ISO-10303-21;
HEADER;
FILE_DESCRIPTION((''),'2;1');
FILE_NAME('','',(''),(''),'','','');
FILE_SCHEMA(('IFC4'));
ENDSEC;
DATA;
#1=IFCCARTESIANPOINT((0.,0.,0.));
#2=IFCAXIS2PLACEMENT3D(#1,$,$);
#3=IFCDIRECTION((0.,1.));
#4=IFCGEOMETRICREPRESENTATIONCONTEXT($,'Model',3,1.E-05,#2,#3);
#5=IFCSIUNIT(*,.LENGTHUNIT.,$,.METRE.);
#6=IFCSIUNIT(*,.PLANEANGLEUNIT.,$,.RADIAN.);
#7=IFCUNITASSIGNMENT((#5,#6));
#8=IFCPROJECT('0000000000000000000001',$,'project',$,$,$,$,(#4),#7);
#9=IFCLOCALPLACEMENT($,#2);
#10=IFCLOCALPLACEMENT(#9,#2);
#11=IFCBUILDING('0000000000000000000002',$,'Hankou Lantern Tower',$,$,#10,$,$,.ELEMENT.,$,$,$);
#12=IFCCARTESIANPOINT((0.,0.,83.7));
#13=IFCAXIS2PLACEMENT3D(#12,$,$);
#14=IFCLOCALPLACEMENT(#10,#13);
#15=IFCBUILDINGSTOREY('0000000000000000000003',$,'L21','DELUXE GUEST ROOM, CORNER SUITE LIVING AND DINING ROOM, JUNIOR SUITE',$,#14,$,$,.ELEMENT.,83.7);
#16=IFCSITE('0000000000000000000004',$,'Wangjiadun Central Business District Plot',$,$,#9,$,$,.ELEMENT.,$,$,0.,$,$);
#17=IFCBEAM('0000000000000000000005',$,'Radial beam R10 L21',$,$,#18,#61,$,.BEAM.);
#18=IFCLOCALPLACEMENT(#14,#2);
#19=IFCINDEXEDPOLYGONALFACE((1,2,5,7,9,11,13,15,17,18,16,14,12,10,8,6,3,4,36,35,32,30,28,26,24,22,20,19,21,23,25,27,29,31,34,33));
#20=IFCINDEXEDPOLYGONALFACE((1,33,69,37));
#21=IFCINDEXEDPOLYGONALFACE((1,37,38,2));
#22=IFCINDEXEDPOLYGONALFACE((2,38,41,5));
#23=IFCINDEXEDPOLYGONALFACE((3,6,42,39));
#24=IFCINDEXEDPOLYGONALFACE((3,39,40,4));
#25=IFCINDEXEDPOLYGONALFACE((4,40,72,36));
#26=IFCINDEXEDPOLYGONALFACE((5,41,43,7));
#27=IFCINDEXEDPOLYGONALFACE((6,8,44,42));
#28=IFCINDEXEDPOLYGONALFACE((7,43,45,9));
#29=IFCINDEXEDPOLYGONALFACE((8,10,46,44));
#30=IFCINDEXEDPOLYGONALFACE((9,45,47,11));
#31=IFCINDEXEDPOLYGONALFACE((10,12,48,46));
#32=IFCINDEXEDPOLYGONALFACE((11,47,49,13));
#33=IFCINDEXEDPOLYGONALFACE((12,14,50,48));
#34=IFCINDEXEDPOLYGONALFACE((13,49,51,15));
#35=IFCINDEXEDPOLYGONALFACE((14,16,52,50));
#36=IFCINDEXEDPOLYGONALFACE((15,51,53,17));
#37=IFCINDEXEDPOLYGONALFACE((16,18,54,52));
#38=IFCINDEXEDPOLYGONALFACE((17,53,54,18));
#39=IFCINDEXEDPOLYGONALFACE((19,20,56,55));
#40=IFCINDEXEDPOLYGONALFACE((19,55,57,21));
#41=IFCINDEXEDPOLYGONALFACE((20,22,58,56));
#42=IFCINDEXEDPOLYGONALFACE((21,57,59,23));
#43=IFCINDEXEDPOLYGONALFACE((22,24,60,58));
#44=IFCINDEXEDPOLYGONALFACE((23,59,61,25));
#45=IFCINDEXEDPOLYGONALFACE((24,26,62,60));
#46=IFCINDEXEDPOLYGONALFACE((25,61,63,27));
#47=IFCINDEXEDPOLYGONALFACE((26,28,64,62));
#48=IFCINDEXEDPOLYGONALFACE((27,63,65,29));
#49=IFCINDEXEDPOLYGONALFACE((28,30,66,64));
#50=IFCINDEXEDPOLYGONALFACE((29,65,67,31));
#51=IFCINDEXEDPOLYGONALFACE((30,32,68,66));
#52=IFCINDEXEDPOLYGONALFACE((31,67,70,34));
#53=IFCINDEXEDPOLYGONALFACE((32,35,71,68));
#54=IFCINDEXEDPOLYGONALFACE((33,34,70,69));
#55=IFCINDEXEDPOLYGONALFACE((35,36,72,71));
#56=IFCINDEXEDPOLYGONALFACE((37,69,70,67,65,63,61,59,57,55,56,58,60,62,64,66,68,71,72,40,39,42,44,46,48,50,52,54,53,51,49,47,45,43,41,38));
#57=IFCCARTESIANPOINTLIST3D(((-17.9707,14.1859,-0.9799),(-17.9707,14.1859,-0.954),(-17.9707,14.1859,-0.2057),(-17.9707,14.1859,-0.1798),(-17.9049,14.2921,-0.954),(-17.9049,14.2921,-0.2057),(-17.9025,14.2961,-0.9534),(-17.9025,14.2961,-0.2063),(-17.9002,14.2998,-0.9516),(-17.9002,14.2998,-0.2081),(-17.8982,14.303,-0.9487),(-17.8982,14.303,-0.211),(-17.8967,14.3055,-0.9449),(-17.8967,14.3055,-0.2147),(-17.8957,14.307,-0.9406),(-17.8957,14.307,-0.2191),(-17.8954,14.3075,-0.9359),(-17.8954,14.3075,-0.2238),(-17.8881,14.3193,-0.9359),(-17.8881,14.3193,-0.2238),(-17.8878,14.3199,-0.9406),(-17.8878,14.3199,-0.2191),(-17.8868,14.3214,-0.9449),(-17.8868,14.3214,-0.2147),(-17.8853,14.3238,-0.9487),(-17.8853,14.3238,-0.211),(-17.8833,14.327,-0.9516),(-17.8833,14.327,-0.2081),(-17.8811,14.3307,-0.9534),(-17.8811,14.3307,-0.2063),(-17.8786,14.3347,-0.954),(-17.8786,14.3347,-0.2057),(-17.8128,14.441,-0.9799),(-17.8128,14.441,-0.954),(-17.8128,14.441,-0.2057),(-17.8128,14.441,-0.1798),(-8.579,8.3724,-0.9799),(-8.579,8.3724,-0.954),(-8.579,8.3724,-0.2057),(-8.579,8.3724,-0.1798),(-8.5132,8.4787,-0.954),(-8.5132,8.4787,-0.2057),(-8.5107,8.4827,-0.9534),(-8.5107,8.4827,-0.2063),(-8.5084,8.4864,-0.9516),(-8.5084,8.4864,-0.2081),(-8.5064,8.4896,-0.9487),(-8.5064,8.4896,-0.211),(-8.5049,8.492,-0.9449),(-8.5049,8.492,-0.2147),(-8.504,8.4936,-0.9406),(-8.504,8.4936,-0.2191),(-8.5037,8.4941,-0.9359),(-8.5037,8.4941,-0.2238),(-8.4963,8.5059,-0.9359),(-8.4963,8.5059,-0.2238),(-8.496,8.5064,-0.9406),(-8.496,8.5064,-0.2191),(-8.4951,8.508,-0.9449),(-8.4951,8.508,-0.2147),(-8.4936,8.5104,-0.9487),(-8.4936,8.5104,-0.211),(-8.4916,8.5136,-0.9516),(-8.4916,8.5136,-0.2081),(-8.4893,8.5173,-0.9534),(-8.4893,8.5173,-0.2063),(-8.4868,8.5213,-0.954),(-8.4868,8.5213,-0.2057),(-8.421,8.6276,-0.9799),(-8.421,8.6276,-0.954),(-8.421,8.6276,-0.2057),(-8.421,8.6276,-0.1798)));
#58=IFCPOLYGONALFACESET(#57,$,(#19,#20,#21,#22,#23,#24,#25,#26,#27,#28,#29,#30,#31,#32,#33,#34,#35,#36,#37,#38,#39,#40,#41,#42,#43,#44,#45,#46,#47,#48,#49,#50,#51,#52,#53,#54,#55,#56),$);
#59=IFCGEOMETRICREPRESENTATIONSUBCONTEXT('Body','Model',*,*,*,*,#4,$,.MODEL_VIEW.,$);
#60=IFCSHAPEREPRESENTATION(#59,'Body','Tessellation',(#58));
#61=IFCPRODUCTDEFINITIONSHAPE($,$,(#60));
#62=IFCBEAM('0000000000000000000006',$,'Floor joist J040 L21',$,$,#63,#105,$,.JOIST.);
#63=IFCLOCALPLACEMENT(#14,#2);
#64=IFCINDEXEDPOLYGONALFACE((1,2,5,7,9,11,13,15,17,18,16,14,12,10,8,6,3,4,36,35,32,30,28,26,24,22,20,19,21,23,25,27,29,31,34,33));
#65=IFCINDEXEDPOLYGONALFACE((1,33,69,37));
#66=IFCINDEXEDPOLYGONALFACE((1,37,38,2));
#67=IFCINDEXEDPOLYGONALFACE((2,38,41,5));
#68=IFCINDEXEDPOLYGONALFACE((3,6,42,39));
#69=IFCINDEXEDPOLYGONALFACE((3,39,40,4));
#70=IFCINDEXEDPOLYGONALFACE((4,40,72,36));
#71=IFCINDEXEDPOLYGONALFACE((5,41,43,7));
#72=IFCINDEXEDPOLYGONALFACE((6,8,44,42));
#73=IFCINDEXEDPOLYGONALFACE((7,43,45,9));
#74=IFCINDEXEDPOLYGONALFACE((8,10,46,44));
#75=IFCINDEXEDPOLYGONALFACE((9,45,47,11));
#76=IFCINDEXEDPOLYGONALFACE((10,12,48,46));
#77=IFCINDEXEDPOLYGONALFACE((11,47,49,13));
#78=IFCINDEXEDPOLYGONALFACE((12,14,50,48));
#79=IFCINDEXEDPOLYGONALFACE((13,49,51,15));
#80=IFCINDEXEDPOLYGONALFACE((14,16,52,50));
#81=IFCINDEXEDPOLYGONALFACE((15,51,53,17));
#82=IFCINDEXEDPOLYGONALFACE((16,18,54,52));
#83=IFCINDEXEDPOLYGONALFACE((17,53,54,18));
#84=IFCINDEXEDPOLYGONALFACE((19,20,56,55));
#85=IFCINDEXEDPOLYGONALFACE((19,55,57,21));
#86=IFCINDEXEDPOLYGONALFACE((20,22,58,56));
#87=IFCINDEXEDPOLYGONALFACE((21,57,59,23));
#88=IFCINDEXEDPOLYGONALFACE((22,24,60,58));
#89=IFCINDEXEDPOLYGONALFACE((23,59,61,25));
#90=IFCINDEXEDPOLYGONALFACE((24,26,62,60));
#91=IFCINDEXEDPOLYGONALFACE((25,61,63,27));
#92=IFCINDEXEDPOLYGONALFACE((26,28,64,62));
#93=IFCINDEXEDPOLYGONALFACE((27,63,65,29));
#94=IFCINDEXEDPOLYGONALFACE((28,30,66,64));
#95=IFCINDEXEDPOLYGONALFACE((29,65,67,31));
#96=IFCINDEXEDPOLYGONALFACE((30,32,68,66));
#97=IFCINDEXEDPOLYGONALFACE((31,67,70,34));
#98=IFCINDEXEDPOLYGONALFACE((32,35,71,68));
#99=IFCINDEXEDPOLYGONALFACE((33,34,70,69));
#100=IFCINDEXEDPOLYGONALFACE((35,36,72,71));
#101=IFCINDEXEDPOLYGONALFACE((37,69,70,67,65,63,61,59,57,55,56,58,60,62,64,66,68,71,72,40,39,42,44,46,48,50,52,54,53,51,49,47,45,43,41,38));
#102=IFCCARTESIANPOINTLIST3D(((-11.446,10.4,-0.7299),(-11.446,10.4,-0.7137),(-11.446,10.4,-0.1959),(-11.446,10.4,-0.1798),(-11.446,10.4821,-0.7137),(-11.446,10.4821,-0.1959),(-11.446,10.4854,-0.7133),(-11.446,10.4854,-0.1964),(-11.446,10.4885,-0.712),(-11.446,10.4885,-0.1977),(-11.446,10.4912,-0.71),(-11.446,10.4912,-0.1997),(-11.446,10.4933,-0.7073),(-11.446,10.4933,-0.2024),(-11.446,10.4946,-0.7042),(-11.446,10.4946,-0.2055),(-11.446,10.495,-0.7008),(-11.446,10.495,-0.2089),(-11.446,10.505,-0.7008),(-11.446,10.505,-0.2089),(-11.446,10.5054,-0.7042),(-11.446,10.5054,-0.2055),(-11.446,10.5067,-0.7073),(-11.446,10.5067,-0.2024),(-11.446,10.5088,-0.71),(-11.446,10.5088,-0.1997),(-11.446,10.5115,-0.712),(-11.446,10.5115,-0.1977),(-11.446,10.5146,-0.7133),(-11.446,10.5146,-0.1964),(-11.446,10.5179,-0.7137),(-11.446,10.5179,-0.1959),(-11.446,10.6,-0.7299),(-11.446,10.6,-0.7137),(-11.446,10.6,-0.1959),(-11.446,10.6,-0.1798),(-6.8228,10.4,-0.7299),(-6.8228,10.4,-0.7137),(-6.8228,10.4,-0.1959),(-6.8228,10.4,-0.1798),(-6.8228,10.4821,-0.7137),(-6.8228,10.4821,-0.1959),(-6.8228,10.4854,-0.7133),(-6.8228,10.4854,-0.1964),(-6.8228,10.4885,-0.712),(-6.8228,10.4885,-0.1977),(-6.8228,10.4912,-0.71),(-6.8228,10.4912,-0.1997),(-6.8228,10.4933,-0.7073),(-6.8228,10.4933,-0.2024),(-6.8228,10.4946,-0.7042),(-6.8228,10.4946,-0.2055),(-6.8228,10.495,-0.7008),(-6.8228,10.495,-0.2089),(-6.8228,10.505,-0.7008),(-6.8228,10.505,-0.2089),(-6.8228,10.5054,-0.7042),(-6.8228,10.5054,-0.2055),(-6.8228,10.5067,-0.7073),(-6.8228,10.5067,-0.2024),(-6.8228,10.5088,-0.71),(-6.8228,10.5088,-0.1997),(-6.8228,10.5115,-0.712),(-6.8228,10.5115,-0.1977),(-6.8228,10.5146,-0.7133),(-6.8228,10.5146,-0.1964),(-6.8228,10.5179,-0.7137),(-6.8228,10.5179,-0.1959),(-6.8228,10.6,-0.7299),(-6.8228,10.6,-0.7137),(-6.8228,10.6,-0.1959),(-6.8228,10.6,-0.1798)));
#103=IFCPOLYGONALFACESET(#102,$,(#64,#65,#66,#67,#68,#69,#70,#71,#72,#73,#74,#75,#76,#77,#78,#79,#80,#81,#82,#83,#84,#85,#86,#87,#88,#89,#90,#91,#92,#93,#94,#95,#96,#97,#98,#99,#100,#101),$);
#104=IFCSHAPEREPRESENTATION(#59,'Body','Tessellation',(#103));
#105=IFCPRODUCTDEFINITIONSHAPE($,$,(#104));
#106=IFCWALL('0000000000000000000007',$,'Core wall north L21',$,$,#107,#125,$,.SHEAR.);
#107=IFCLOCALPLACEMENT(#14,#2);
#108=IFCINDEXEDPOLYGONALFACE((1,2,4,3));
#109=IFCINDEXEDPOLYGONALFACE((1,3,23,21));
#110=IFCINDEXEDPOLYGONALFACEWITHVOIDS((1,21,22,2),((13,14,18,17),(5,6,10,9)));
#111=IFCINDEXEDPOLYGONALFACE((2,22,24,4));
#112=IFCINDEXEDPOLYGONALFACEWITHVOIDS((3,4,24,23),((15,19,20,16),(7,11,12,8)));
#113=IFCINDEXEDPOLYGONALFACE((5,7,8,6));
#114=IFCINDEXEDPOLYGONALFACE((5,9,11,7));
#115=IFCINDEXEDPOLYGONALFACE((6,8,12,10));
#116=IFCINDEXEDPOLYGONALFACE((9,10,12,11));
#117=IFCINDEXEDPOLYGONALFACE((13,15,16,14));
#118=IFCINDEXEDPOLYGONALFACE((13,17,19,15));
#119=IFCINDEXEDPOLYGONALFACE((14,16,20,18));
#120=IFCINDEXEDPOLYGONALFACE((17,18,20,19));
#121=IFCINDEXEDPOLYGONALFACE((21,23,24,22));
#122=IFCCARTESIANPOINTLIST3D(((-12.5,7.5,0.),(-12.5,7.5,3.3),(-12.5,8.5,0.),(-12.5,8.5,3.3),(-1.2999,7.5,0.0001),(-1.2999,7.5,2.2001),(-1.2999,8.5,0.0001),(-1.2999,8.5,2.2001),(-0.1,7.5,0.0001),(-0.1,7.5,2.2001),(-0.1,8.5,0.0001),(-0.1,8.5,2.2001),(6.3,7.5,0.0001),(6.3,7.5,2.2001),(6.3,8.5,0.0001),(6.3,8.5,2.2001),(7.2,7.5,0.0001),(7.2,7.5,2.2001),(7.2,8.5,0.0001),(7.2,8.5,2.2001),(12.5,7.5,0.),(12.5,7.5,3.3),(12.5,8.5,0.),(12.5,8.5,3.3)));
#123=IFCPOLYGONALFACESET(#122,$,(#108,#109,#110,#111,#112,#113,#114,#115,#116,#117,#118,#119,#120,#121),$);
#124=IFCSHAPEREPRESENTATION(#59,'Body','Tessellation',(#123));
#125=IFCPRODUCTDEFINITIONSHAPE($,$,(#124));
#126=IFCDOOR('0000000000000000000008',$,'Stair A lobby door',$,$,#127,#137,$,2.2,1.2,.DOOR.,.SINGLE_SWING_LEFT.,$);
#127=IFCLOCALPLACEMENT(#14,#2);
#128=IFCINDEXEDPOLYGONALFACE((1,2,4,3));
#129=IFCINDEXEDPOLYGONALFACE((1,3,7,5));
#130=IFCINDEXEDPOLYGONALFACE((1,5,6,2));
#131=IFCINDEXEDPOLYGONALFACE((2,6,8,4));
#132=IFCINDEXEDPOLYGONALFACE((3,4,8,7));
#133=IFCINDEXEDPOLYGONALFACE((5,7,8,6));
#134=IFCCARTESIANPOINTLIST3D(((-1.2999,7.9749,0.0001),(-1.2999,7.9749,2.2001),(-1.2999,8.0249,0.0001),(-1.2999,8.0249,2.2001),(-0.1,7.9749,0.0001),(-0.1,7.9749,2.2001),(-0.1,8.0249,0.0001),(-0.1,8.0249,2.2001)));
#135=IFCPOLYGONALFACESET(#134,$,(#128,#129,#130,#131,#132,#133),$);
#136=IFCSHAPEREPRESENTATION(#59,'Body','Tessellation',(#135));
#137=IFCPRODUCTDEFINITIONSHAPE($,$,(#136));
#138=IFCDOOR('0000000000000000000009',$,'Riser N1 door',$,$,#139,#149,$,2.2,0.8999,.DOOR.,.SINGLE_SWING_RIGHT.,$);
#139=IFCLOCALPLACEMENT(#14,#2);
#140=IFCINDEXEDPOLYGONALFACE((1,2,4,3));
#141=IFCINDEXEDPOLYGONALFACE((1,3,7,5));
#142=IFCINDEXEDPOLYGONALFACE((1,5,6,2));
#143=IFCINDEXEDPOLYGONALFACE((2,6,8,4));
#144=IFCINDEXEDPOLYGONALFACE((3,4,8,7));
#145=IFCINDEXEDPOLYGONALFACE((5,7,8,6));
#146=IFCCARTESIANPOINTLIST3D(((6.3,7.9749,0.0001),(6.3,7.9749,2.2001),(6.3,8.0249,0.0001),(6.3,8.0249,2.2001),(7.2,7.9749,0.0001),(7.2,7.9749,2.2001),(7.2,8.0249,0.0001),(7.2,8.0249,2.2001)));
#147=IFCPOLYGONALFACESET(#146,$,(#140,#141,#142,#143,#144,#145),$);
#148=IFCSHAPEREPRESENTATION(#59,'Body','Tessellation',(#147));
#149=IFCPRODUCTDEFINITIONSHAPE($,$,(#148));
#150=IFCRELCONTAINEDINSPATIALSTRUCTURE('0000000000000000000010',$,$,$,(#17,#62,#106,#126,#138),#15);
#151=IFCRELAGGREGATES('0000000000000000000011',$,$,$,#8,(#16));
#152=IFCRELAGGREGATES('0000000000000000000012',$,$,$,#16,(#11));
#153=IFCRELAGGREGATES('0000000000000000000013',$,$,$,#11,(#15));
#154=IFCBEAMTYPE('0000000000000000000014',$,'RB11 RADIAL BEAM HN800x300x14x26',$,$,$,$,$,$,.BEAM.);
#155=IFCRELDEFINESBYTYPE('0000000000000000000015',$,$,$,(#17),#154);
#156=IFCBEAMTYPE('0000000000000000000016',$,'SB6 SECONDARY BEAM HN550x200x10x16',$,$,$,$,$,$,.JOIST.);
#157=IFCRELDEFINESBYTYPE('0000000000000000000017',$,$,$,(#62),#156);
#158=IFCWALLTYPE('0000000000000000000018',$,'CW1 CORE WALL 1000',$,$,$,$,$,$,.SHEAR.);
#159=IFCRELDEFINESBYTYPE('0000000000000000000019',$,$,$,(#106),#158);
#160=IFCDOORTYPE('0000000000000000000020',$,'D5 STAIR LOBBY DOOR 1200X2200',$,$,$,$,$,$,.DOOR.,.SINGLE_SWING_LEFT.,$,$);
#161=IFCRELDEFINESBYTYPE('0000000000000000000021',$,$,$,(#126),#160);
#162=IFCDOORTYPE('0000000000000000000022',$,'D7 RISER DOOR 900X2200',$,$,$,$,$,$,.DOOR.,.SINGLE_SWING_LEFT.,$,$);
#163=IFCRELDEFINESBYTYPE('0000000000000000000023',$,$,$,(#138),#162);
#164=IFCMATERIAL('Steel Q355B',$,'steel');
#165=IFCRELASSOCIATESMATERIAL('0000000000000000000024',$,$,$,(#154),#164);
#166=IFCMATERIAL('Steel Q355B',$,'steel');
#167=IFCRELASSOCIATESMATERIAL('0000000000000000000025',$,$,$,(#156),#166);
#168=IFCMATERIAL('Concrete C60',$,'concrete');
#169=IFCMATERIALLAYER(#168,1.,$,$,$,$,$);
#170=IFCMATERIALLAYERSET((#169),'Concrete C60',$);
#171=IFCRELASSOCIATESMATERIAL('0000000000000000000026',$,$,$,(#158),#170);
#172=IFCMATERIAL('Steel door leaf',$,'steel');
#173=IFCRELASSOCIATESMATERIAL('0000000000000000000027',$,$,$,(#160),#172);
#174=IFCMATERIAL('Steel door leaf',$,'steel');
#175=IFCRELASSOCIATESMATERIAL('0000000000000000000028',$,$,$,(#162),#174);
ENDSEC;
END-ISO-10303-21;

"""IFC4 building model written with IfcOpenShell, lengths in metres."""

from ifc_helpers import new_model, si_unit, direction, frame, frame_2d, origin, origin_2d, place, context, subcontext, project, spatial, rectangle, i_section, extrude, material, layer, layer_set, material_profile, profile_set, type_object, element, fill, save


model = new_model("IFC4")

# Units and contexts
model_context = context("Model", 3, precision=1e-05, world=origin(), true_north=direction((0.0, 1.0)))
body_context = subcontext(model_context, "Body", "Model", "MODEL_VIEW")
ifc_project = project(units=[si_unit("LENGTHUNIT", "METRE"), si_unit("PLANEANGLEUNIT", "RADIAN")], contexts=[model_context])

# Site, building, storey
site_placement = place(None, origin())
site = spatial("IfcSite", under=ifc_project, at=site_placement, Name="Wangjiadun Central Business District Plot", CompositionType="ELEMENT", RefElevation=0.0)
building_placement = place(site_placement, origin())
building = spatial("IfcBuilding", under=site, at=building_placement, Name="Hankou Lantern Tower", CompositionType="ELEMENT")
storey_placement = place(building_placement, frame((0.0, 0.0, 83.7)))
storey = spatial("IfcBuildingStorey", under=building, at=storey_placement, Name="L21", Description="DELUXE GUEST ROOM, CORNER SUITE LIVING AND DINING ROOM, JUNIOR SUITE", CompositionType="ELEMENT", Elevation=83.7)

# Beams
ifc_material_1 = material(Name="Steel Q355B", Category="steel")
ifc_material_profile_1 = material_profile(ifc_material_1, i_section(OverallWidth=0.3, OverallDepth=0.8, WebThickness=0.0139, FlangeThickness=0.0259, FilletRadius=0.0181, at=origin_2d()), Name="HN800x300x14x26")
ifc_profile_set_1 = profile_set([ifc_material_profile_1], Name="Steel Q355B")
beam_type_1 = type_object("IfcBeamType", Name="RB11 RADIAL BEAM HN800x300x14x26", PredefinedType="BEAM", material=ifc_profile_set_1)
beam_1_placement = place(storey_placement, frame((-8.5, 8.5, -0.5798), z_axis=(-0.850286, 0.52632, 0.0), x_axis=(-0.52632, -0.850286, 0.0)))
element("IfcBeam", 1, at=beam_1_placement, inside=storey, type_object=beam_type_1, Name="Radial beam R10 L21", PredefinedType="BEAM", context=body_context, shape_type="SweptSolid", body=[
    extrude(i_section(OverallWidth=0.3, OverallDepth=0.8, WebThickness=0.0139, FlangeThickness=0.0259, FilletRadius=0.0181, at=origin_2d()), origin(), (0.0, 0.0, 1.0), 11.0454),
])
ifc_material_2 = material(Name="Steel Q355B", Category="steel")
ifc_material_profile_2 = material_profile(ifc_material_2, i_section(OverallWidth=0.2, OverallDepth=0.55, WebThickness=0.01, FlangeThickness=0.0161, FilletRadius=0.0129, at=origin_2d()), Name="HN550x200x10x16")
ifc_profile_set_2 = profile_set([ifc_material_profile_2], Name="Steel Q355B")
beam_type_2 = type_object("IfcBeamType", Name="SB6 SECONDARY BEAM HN550x200x10x16", PredefinedType="JOIST", material=ifc_profile_set_2)
beam_2_placement = place(storey_placement, frame((-11.446, 10.5, -0.4548), z_axis=(1.0, 0.0, 0.0), x_axis=(0.0, 1.0, 0.0)))
element("IfcBeam", 2, at=beam_2_placement, inside=storey, type_object=beam_type_2, Name="Floor joist J040 L21", PredefinedType="JOIST", context=body_context, shape_type="SweptSolid", body=[
    extrude(i_section(OverallWidth=0.2, OverallDepth=0.55, WebThickness=0.01, FlangeThickness=0.0161, FilletRadius=0.0129, at=origin_2d()), origin(), (0.0, 0.0, 1.0), 4.6233),
])

# Wall, openings, doors
ifc_material_3 = material(Name="Concrete C60", Category="concrete")
ifc_layer_1 = layer(ifc_material_3, 1.0)
ifc_layer_set_1 = layer_set([ifc_layer_1], Name="Concrete C60")
wall_type_1 = type_object("IfcWallType", Name="CW1 CORE WALL 1000", PredefinedType="SHEAR", material=ifc_layer_set_1)
wall_1_placement = place(storey_placement, frame((-12.5, 8.0, 0.0), z_axis=(0.0, 0.0, 1.0), x_axis=(1.0, 0.0, 0.0)))
wall_1 = element("IfcWall", 3, at=wall_1_placement, inside=storey, type_object=wall_type_1, Name="Core wall north L21", PredefinedType="SHEAR", context=body_context, shape_type="SweptSolid", body=[
    extrude(rectangle(XDim=25.0, YDim=1.0, at=frame_2d((12.5, 0.0))), origin(), (0.0, 0.0, 1.0), 3.3),
])
opening_1_placement = place(wall_1_placement, frame((11.2, 0.0, 0.0)))
opening_1 = element("IfcOpeningElement", 4, at=opening_1_placement, cuts=wall_1, PredefinedType="OPENING", context=body_context, shape_type="SweptSolid", body=[
    extrude(rectangle(XDim=1.2, YDim=2.2, at=frame_2d((0.6001, 1.1001))), frame((0.0, 0.51, 0.0), z_axis=(0.0, -1.0, 0.0), x_axis=(1.0, 0.0, 0.0)), (0.0, 0.0, 1.0), 1.02),
])
opening_2_placement = place(wall_1_placement, frame((18.8, 0.0, 0.0)))
opening_2 = element("IfcOpeningElement", 5, at=opening_2_placement, cuts=wall_1, PredefinedType="OPENING", context=body_context, shape_type="SweptSolid", body=[
    extrude(rectangle(XDim=0.8999, YDim=2.2, at=frame_2d((0.45, 1.1001))), frame((0.0, 0.51, 0.0), z_axis=(0.0, -1.0, 0.0), x_axis=(1.0, 0.0, 0.0)), (0.0, 0.0, 1.0), 1.02),
])
ifc_material_4 = material(Name="Steel door leaf", Category="steel")
door_type_1 = type_object("IfcDoorType", Name="D5 STAIR LOBBY DOOR 1200X2200", OperationType="SINGLE_SWING_LEFT", PredefinedType="DOOR", material=ifc_material_4)
door_1_placement = place(opening_1_placement, origin())
door_1 = element("IfcDoor", 6, at=door_1_placement, inside=storey, type_object=door_type_1, Name="Stair A lobby door", OperationType="SINGLE_SWING_LEFT", OverallHeight=2.2, OverallWidth=1.2, PredefinedType="DOOR", context=body_context, shape_type="SweptSolid", body=[
    extrude(rectangle(XDim=1.2, YDim=2.2, at=frame_2d((0.6001, 1.1001))), frame((0.0, 0.0249, 0.0), z_axis=(0.0, -1.0, 0.0), x_axis=(1.0, 0.0, 0.0)), (0.0, 0.0, 1.0), 0.05),
])
fill(opening_1, door_1)
ifc_material_5 = material(Name="Steel door leaf", Category="steel")
door_type_2 = type_object("IfcDoorType", Name="D7 RISER DOOR 900X2200", OperationType="SINGLE_SWING_LEFT", PredefinedType="DOOR", material=ifc_material_5)
door_2_placement = place(opening_2_placement, origin())
door_2 = element("IfcDoor", 7, at=door_2_placement, inside=storey, type_object=door_type_2, Name="Riser N1 door", OperationType="SINGLE_SWING_RIGHT", OverallHeight=2.2, OverallWidth=0.8999, PredefinedType="DOOR", context=body_context, shape_type="SweptSolid", body=[
    extrude(rectangle(XDim=0.8999, YDim=2.2, at=frame_2d((0.45, 1.1001))), frame((0.0, 0.0249, 0.0), z_axis=(0.0, -1.0, 0.0), x_axis=(1.0, 0.0, 0.0)), (0.0, 0.0, 1.0), 0.05),
])
fill(opening_2, door_2)

save(model, "model.ifc")
